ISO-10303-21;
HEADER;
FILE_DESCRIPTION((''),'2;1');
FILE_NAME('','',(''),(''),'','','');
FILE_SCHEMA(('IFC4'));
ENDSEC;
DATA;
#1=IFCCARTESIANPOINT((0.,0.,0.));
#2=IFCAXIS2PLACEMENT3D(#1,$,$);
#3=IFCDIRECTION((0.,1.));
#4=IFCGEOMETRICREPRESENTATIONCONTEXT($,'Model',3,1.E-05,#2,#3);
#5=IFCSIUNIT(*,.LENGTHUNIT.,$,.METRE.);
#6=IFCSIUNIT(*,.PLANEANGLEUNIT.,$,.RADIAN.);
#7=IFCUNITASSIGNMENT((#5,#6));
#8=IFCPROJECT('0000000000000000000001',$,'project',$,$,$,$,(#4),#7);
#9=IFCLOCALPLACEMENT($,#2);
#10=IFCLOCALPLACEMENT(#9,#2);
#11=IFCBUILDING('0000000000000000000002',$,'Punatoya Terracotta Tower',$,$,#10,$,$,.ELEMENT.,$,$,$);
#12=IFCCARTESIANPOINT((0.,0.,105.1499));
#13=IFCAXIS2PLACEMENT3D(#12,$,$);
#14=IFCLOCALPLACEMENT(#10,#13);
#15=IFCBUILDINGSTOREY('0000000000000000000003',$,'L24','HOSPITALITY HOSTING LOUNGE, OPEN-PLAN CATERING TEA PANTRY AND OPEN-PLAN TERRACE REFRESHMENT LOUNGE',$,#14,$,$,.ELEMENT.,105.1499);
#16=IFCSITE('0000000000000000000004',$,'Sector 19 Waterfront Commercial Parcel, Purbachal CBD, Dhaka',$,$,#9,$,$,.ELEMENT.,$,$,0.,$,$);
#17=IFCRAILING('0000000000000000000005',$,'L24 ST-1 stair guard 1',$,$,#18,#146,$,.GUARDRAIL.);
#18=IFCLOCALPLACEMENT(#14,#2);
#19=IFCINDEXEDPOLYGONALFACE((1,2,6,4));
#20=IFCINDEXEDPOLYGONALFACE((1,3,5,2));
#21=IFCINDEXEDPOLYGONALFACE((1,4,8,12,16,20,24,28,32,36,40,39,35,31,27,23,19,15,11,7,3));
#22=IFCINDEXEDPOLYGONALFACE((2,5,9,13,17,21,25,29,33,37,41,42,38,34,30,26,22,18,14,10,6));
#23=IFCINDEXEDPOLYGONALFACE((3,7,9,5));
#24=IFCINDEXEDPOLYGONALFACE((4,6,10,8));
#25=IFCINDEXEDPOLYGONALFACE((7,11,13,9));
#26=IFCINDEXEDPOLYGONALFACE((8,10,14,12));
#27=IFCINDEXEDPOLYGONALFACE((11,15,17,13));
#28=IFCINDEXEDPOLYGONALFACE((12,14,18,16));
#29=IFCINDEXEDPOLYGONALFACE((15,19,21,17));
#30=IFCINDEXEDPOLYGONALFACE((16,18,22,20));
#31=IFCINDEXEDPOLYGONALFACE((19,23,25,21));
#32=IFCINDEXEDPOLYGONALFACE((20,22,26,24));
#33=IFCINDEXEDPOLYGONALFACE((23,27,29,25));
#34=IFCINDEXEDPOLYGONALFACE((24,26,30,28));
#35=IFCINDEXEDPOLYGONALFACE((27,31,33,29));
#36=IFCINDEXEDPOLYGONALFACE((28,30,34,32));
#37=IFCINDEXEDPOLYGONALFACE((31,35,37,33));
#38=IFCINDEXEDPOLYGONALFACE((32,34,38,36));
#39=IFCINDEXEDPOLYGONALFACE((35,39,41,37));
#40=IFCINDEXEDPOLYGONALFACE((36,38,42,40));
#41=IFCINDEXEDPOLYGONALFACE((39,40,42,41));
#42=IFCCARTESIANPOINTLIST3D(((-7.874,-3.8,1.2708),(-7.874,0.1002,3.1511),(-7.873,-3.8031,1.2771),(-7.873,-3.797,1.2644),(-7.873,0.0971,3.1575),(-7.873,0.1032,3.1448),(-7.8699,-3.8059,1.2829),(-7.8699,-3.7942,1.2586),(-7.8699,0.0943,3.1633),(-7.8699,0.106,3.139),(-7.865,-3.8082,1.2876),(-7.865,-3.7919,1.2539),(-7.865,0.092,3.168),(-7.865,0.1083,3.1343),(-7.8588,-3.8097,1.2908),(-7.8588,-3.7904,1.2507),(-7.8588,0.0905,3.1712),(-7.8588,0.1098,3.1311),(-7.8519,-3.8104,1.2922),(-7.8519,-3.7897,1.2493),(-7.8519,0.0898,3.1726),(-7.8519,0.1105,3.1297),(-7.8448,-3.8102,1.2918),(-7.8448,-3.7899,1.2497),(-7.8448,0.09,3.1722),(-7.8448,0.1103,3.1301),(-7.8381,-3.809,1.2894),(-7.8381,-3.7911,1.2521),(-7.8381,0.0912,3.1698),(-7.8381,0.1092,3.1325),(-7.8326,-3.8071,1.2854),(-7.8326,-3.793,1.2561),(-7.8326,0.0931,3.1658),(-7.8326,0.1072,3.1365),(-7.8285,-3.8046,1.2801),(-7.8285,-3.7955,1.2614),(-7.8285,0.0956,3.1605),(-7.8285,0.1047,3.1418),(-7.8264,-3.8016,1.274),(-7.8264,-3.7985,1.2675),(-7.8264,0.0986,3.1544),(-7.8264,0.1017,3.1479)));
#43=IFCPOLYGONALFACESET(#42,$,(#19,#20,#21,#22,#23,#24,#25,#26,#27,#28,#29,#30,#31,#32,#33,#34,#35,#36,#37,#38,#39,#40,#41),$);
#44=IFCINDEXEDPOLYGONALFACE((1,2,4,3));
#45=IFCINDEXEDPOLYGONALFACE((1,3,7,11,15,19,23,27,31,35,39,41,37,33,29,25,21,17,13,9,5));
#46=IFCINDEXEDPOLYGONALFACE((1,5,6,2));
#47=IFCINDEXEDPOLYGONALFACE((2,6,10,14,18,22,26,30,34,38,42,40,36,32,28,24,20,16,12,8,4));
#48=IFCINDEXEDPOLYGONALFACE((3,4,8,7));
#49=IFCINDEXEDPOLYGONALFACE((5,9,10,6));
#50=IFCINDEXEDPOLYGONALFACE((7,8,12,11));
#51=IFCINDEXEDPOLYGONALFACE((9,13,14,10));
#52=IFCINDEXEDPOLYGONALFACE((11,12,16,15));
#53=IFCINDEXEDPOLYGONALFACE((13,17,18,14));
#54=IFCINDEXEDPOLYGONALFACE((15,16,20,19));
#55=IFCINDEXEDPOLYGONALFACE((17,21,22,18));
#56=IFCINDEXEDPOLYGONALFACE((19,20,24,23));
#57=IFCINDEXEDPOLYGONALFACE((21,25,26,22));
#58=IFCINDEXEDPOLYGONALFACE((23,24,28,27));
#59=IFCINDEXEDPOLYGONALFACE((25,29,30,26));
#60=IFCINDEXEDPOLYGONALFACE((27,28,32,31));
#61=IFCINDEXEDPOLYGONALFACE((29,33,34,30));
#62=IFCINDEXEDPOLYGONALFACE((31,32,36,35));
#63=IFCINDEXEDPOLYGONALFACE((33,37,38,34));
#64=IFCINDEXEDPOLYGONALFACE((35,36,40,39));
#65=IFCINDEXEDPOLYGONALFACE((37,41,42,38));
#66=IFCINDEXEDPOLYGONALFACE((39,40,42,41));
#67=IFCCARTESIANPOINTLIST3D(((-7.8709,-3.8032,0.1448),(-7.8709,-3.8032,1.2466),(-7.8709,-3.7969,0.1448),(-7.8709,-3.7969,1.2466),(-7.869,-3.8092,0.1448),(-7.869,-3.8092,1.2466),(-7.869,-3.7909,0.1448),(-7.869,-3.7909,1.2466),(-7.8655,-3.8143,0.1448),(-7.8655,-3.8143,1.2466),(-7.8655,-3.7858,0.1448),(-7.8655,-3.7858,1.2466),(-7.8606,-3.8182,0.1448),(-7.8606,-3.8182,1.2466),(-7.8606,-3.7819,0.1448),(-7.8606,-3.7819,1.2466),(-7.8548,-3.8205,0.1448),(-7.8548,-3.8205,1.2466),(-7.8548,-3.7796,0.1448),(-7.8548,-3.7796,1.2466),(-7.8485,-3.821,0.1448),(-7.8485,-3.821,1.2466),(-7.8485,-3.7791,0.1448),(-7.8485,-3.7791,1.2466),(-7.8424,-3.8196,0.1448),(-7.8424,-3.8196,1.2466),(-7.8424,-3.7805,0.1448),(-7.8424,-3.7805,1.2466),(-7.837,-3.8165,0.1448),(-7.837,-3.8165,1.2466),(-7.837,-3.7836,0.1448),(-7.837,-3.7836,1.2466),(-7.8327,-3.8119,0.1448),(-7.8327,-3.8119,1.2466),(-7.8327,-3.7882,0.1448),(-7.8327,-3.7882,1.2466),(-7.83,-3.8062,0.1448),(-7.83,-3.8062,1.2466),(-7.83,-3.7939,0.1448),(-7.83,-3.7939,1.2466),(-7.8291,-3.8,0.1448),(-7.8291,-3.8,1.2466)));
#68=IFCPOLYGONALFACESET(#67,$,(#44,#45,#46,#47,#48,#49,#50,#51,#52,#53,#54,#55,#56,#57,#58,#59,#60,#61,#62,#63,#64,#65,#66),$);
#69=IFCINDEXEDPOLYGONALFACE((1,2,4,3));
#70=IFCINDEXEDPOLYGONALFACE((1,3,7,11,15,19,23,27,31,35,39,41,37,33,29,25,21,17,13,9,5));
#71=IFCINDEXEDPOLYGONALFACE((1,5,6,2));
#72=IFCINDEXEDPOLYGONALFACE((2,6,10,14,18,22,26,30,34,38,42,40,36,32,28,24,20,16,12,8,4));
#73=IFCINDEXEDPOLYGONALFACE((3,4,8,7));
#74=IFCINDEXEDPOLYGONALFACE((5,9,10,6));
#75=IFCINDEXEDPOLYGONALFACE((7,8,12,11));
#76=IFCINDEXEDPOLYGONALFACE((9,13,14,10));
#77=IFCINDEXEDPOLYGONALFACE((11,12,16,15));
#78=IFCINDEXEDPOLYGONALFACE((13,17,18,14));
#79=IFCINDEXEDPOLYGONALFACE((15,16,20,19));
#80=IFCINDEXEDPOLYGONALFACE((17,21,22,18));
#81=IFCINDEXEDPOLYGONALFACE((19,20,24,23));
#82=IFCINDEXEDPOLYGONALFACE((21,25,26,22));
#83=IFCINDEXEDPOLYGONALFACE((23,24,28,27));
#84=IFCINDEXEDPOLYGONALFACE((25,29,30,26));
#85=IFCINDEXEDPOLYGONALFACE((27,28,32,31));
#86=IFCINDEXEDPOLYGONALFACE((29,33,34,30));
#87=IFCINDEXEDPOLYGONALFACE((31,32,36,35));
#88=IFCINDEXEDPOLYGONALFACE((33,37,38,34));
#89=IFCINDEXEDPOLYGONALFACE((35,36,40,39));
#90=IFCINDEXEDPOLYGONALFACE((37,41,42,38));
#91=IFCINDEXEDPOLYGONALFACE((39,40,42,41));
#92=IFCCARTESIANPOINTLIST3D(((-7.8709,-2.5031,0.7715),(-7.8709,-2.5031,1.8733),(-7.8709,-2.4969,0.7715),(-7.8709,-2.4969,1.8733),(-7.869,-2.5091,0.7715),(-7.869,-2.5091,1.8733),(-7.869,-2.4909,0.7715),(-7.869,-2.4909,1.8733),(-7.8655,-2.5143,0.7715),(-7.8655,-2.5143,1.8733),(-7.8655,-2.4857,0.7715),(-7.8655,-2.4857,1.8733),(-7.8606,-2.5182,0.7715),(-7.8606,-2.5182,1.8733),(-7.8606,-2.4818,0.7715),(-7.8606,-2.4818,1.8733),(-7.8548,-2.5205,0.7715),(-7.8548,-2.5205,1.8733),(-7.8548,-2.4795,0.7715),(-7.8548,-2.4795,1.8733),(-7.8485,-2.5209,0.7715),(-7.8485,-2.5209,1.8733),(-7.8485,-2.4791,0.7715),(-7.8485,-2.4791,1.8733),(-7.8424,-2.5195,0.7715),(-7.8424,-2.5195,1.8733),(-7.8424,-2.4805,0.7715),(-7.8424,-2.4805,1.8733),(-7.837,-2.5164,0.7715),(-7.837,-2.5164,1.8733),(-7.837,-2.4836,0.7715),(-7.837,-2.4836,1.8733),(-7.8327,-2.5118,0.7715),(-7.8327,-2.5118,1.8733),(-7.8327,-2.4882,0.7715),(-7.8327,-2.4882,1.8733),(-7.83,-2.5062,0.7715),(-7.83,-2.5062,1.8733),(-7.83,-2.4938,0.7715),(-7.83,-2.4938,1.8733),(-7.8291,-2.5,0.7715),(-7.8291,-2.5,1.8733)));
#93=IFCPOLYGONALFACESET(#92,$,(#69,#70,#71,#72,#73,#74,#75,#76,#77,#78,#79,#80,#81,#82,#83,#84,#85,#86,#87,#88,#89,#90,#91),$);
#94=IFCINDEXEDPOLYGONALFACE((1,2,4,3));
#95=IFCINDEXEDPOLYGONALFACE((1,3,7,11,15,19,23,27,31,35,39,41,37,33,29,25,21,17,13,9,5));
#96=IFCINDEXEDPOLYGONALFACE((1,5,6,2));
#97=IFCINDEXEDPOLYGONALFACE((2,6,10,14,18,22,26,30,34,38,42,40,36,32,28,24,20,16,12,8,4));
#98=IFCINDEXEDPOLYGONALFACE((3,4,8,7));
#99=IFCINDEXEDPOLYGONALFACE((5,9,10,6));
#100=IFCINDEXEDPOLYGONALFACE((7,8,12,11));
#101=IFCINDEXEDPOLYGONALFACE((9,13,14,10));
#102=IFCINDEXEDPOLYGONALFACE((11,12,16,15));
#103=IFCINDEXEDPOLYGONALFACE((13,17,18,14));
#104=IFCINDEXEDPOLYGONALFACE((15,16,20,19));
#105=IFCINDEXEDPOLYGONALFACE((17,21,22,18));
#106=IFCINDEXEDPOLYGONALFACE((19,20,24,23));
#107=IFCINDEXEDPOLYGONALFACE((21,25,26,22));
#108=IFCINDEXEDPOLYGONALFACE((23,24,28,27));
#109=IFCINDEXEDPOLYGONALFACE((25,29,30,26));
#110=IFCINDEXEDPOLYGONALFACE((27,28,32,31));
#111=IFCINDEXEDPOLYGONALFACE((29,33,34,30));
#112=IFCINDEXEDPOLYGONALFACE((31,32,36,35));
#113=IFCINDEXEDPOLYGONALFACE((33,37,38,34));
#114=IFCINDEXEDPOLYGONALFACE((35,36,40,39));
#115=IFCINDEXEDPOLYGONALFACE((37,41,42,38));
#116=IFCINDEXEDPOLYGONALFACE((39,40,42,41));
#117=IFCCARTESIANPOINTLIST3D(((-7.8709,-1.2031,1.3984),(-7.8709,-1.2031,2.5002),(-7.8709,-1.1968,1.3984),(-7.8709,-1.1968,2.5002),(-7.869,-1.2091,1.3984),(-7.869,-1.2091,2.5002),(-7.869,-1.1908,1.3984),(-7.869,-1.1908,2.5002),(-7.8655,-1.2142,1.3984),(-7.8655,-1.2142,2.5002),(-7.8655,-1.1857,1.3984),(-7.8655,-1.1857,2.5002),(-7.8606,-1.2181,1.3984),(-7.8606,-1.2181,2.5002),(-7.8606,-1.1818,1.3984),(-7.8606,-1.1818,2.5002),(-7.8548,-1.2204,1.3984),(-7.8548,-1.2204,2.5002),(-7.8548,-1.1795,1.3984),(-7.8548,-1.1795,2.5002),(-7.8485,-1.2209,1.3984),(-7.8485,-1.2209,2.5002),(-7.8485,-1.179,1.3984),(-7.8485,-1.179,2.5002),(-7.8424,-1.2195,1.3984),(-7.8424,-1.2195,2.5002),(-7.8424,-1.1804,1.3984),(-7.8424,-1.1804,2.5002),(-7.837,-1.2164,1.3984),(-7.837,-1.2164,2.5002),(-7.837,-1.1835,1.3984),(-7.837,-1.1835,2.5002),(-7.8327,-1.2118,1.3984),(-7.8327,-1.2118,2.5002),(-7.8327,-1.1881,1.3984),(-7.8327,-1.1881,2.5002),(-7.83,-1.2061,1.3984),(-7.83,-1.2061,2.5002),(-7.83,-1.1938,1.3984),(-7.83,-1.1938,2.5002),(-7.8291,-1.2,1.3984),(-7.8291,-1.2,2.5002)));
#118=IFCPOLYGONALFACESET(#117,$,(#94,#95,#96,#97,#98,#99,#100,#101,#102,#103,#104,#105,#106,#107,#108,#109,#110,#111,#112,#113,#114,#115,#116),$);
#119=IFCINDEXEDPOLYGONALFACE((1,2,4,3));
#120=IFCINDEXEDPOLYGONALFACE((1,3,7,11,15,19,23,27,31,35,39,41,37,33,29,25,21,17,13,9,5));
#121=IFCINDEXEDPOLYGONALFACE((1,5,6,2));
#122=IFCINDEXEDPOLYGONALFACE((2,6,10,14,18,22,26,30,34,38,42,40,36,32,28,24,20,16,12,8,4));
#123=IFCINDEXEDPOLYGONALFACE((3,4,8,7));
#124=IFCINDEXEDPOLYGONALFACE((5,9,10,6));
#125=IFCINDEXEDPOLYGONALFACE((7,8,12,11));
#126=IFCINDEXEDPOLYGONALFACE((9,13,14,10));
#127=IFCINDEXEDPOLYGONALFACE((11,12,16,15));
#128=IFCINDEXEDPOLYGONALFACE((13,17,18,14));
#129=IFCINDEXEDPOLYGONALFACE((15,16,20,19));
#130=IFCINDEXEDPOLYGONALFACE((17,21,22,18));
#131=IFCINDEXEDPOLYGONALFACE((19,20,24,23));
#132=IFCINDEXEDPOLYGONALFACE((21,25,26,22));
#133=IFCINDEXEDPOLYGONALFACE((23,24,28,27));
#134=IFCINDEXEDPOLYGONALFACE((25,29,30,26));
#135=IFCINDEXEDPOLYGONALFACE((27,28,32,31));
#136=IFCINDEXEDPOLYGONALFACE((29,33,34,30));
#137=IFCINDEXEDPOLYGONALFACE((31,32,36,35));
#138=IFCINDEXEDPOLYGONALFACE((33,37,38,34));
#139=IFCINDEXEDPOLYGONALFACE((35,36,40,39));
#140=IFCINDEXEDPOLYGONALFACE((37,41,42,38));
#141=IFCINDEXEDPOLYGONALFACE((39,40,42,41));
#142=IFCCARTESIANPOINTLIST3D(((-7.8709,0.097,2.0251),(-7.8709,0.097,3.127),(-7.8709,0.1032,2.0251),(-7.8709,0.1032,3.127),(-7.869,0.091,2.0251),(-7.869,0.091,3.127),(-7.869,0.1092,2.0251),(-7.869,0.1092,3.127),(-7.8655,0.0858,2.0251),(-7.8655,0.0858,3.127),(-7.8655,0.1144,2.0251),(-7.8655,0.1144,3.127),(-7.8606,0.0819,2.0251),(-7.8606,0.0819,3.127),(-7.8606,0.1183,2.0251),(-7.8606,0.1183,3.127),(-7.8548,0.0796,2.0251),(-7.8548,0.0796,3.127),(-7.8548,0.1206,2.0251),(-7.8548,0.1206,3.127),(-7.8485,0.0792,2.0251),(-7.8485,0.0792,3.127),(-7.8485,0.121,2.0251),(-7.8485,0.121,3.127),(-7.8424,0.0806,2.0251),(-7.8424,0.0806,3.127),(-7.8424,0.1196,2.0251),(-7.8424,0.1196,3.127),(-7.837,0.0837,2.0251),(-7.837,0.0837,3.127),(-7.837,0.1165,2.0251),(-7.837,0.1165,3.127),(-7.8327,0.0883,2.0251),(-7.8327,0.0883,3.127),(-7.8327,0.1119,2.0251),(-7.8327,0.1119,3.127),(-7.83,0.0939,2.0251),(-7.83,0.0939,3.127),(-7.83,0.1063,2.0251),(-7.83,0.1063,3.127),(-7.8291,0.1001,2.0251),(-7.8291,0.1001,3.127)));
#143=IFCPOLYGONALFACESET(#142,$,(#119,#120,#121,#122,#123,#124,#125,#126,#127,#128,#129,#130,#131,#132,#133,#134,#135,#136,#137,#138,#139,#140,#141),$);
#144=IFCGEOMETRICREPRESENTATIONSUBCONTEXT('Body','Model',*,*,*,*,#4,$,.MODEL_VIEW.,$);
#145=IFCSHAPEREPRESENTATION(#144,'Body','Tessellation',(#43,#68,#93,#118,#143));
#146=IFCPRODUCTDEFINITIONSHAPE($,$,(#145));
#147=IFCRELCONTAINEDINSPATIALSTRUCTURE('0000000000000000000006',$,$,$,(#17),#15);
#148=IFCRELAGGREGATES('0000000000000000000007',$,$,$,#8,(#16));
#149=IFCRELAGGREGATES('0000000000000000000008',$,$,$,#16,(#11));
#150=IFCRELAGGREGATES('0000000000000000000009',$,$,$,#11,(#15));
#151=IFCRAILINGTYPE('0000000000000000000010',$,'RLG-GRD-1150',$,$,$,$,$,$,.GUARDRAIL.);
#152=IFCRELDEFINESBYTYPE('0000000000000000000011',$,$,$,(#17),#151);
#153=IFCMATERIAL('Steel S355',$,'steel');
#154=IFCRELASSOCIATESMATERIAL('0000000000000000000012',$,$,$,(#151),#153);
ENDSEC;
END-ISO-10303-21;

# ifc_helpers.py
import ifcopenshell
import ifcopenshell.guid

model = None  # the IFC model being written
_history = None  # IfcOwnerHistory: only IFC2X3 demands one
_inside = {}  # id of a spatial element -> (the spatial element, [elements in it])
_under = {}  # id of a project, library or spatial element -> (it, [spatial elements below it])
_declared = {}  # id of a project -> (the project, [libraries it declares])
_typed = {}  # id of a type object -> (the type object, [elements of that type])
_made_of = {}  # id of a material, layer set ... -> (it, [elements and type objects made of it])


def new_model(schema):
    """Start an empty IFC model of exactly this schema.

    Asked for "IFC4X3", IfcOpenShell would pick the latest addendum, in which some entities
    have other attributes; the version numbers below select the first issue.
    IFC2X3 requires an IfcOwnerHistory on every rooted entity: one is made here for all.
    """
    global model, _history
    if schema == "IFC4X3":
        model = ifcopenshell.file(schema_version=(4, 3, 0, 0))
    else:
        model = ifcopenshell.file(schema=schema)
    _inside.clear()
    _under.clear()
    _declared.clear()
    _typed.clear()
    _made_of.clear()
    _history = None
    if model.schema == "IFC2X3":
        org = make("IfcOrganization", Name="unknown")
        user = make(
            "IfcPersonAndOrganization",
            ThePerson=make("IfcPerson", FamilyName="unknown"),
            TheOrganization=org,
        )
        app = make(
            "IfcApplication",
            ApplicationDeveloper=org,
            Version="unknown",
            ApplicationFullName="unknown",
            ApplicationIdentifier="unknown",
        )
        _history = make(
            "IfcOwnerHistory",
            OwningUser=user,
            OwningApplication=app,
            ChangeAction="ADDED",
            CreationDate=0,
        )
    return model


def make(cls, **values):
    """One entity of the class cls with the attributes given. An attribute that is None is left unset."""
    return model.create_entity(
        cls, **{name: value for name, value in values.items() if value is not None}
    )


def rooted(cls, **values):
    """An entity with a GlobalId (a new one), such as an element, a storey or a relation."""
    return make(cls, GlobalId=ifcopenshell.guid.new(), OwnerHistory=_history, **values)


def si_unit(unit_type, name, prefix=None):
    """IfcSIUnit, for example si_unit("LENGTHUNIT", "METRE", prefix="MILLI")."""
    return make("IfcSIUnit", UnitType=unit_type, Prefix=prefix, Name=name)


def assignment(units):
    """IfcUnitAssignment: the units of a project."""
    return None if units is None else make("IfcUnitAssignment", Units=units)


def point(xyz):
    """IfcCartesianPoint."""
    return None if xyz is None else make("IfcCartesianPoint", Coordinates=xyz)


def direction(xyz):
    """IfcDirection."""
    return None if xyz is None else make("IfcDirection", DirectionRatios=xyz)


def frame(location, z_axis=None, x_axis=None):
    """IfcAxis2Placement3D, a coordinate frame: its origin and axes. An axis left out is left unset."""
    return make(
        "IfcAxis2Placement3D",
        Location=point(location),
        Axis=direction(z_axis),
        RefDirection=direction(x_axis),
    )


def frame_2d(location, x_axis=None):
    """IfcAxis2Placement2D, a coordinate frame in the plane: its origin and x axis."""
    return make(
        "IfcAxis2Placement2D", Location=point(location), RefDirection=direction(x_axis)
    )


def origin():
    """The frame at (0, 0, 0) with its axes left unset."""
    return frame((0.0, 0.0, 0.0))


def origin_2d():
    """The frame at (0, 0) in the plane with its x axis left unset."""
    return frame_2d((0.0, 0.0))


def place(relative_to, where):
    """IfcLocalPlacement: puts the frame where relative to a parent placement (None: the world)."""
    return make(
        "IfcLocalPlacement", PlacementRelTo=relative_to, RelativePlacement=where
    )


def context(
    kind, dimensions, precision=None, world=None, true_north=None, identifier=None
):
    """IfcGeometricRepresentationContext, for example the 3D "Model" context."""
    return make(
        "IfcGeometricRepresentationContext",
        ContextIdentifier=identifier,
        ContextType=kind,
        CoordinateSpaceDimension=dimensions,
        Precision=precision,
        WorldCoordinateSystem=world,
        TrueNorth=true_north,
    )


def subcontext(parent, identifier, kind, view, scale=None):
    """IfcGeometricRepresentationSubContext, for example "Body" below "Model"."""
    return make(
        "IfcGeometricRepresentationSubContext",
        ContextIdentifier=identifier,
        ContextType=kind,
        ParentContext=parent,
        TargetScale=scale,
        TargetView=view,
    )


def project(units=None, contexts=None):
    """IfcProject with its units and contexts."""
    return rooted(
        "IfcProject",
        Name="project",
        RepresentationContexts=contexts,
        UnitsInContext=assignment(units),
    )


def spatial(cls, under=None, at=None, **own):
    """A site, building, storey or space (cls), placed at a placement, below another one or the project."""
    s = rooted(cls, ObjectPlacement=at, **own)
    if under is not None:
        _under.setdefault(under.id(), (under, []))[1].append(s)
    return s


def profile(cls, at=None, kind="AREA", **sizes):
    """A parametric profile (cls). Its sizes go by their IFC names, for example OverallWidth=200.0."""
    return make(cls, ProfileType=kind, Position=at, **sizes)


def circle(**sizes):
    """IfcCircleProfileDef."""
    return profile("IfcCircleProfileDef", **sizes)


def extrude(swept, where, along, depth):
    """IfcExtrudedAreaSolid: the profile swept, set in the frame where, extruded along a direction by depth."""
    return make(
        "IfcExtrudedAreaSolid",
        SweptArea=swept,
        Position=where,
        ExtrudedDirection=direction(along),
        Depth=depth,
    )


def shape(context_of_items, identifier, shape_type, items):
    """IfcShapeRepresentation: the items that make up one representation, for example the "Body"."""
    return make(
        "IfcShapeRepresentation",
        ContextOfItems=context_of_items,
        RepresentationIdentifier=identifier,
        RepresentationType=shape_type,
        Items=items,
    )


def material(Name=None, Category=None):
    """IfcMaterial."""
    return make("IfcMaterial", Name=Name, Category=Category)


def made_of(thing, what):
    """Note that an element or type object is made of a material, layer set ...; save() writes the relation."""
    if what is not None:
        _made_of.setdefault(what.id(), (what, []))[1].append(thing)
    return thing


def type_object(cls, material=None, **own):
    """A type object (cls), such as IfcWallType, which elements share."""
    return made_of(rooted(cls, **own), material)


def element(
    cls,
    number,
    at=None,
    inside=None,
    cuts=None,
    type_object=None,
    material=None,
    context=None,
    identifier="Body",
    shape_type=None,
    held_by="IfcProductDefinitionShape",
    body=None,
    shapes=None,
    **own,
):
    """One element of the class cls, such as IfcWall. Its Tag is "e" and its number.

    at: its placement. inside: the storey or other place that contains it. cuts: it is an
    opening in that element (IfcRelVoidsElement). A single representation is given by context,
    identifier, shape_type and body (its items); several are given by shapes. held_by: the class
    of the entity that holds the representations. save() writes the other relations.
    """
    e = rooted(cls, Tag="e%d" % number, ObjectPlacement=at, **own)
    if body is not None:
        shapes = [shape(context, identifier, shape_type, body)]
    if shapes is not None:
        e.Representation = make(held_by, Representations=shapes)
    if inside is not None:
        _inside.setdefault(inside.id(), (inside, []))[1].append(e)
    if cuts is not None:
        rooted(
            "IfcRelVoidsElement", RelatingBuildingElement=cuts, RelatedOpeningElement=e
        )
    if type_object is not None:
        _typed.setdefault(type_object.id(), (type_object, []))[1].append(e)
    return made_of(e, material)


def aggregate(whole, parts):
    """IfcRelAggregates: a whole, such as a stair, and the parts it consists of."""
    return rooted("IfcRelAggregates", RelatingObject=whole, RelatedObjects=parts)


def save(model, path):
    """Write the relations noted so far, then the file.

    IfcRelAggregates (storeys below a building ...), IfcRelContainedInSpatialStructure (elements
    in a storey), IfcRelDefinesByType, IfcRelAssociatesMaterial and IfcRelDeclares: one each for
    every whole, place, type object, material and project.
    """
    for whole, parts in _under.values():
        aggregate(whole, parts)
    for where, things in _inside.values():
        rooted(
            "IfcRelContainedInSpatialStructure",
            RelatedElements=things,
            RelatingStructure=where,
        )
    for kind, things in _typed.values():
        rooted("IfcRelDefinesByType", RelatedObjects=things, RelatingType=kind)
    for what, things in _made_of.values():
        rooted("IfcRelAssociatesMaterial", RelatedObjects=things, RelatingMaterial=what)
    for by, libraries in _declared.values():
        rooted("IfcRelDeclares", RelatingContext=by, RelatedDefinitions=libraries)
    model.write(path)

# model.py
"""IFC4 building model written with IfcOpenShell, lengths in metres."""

from ifc_helpers import new_model, si_unit, direction, frame, origin, origin_2d, place, context, subcontext, project, spatial, circle, extrude, material, type_object, element, save


model = new_model("IFC4")

# Units and contexts
model_context = context("Model", 3, precision=1e-05, world=origin(), true_north=direction((0.0, 1.0)))
body_context = subcontext(model_context, "Body", "Model", "MODEL_VIEW")
ifc_project = project(units=[si_unit("LENGTHUNIT", "METRE"), si_unit("PLANEANGLEUNIT", "RADIAN")], contexts=[model_context])

# Site, building, storey
site_placement = place(None, origin())
site = spatial("IfcSite", under=ifc_project, at=site_placement, Name="Sector 19 Waterfront Commercial Parcel, Purbachal CBD, Dhaka", CompositionType="ELEMENT", RefElevation=0.0)
building_placement = place(site_placement, origin())
building = spatial("IfcBuilding", under=site, at=building_placement, Name="Punatoya Terracotta Tower", CompositionType="ELEMENT")
storey_placement = place(building_placement, frame((0.0, 0.0, 105.1499)))
storey = spatial("IfcBuildingStorey", under=building, at=storey_placement, Name="L24", Description="HOSPITALITY HOSTING LOUNGE, OPEN-PLAN CATERING TEA PANTRY AND OPEN-PLAN TERRACE REFRESHMENT LOUNGE", CompositionType="ELEMENT", Elevation=105.1499)

# Shared definitions
ifc_material_1 = material(Name="Steel S355", Category="steel")

# Railing
railing_type_1 = type_object("IfcRailingType", Name="RLG-GRD-1150", PredefinedType="GUARDRAIL", material=ifc_material_1)
railing_1_placement = place(storey_placement, frame((-7.8501, -3.8, 0.1448)))
element("IfcRailing", 1, at=railing_1_placement, inside=storey, type_object=railing_type_1, Name="L24 ST-1 stair guard 1", PredefinedType="GUARDRAIL", context=body_context, shape_type="SweptSolid", body=[
    extrude(circle(Radius=0.0239, at=origin_2d()), frame((0.0, 0.0, 1.126), z_axis=(0.0, 0.900774, 0.434289), x_axis=(-1.0, 0.0, 0.0)), (0.0, 0.0, 1.0), 4.3298),
    extrude(circle(Radius=0.021, at=origin_2d()), origin(), (0.0, 0.0, 1.0), 1.1018),
    extrude(circle(Radius=0.021, at=origin_2d()), frame((0.0, 1.3, 0.6267)), (0.0, 0.0, 1.0), 1.1018),
    extrude(circle(Radius=0.021, at=origin_2d()), frame((0.0, 2.6001, 1.2537)), (0.0, 0.0, 1.0), 1.1018),
    extrude(circle(Radius=0.021, at=origin_2d()), frame((0.0, 3.9001, 1.8804)), (0.0, 0.0, 1.0), 1.1018),
])

save(model, "model.ifc")
